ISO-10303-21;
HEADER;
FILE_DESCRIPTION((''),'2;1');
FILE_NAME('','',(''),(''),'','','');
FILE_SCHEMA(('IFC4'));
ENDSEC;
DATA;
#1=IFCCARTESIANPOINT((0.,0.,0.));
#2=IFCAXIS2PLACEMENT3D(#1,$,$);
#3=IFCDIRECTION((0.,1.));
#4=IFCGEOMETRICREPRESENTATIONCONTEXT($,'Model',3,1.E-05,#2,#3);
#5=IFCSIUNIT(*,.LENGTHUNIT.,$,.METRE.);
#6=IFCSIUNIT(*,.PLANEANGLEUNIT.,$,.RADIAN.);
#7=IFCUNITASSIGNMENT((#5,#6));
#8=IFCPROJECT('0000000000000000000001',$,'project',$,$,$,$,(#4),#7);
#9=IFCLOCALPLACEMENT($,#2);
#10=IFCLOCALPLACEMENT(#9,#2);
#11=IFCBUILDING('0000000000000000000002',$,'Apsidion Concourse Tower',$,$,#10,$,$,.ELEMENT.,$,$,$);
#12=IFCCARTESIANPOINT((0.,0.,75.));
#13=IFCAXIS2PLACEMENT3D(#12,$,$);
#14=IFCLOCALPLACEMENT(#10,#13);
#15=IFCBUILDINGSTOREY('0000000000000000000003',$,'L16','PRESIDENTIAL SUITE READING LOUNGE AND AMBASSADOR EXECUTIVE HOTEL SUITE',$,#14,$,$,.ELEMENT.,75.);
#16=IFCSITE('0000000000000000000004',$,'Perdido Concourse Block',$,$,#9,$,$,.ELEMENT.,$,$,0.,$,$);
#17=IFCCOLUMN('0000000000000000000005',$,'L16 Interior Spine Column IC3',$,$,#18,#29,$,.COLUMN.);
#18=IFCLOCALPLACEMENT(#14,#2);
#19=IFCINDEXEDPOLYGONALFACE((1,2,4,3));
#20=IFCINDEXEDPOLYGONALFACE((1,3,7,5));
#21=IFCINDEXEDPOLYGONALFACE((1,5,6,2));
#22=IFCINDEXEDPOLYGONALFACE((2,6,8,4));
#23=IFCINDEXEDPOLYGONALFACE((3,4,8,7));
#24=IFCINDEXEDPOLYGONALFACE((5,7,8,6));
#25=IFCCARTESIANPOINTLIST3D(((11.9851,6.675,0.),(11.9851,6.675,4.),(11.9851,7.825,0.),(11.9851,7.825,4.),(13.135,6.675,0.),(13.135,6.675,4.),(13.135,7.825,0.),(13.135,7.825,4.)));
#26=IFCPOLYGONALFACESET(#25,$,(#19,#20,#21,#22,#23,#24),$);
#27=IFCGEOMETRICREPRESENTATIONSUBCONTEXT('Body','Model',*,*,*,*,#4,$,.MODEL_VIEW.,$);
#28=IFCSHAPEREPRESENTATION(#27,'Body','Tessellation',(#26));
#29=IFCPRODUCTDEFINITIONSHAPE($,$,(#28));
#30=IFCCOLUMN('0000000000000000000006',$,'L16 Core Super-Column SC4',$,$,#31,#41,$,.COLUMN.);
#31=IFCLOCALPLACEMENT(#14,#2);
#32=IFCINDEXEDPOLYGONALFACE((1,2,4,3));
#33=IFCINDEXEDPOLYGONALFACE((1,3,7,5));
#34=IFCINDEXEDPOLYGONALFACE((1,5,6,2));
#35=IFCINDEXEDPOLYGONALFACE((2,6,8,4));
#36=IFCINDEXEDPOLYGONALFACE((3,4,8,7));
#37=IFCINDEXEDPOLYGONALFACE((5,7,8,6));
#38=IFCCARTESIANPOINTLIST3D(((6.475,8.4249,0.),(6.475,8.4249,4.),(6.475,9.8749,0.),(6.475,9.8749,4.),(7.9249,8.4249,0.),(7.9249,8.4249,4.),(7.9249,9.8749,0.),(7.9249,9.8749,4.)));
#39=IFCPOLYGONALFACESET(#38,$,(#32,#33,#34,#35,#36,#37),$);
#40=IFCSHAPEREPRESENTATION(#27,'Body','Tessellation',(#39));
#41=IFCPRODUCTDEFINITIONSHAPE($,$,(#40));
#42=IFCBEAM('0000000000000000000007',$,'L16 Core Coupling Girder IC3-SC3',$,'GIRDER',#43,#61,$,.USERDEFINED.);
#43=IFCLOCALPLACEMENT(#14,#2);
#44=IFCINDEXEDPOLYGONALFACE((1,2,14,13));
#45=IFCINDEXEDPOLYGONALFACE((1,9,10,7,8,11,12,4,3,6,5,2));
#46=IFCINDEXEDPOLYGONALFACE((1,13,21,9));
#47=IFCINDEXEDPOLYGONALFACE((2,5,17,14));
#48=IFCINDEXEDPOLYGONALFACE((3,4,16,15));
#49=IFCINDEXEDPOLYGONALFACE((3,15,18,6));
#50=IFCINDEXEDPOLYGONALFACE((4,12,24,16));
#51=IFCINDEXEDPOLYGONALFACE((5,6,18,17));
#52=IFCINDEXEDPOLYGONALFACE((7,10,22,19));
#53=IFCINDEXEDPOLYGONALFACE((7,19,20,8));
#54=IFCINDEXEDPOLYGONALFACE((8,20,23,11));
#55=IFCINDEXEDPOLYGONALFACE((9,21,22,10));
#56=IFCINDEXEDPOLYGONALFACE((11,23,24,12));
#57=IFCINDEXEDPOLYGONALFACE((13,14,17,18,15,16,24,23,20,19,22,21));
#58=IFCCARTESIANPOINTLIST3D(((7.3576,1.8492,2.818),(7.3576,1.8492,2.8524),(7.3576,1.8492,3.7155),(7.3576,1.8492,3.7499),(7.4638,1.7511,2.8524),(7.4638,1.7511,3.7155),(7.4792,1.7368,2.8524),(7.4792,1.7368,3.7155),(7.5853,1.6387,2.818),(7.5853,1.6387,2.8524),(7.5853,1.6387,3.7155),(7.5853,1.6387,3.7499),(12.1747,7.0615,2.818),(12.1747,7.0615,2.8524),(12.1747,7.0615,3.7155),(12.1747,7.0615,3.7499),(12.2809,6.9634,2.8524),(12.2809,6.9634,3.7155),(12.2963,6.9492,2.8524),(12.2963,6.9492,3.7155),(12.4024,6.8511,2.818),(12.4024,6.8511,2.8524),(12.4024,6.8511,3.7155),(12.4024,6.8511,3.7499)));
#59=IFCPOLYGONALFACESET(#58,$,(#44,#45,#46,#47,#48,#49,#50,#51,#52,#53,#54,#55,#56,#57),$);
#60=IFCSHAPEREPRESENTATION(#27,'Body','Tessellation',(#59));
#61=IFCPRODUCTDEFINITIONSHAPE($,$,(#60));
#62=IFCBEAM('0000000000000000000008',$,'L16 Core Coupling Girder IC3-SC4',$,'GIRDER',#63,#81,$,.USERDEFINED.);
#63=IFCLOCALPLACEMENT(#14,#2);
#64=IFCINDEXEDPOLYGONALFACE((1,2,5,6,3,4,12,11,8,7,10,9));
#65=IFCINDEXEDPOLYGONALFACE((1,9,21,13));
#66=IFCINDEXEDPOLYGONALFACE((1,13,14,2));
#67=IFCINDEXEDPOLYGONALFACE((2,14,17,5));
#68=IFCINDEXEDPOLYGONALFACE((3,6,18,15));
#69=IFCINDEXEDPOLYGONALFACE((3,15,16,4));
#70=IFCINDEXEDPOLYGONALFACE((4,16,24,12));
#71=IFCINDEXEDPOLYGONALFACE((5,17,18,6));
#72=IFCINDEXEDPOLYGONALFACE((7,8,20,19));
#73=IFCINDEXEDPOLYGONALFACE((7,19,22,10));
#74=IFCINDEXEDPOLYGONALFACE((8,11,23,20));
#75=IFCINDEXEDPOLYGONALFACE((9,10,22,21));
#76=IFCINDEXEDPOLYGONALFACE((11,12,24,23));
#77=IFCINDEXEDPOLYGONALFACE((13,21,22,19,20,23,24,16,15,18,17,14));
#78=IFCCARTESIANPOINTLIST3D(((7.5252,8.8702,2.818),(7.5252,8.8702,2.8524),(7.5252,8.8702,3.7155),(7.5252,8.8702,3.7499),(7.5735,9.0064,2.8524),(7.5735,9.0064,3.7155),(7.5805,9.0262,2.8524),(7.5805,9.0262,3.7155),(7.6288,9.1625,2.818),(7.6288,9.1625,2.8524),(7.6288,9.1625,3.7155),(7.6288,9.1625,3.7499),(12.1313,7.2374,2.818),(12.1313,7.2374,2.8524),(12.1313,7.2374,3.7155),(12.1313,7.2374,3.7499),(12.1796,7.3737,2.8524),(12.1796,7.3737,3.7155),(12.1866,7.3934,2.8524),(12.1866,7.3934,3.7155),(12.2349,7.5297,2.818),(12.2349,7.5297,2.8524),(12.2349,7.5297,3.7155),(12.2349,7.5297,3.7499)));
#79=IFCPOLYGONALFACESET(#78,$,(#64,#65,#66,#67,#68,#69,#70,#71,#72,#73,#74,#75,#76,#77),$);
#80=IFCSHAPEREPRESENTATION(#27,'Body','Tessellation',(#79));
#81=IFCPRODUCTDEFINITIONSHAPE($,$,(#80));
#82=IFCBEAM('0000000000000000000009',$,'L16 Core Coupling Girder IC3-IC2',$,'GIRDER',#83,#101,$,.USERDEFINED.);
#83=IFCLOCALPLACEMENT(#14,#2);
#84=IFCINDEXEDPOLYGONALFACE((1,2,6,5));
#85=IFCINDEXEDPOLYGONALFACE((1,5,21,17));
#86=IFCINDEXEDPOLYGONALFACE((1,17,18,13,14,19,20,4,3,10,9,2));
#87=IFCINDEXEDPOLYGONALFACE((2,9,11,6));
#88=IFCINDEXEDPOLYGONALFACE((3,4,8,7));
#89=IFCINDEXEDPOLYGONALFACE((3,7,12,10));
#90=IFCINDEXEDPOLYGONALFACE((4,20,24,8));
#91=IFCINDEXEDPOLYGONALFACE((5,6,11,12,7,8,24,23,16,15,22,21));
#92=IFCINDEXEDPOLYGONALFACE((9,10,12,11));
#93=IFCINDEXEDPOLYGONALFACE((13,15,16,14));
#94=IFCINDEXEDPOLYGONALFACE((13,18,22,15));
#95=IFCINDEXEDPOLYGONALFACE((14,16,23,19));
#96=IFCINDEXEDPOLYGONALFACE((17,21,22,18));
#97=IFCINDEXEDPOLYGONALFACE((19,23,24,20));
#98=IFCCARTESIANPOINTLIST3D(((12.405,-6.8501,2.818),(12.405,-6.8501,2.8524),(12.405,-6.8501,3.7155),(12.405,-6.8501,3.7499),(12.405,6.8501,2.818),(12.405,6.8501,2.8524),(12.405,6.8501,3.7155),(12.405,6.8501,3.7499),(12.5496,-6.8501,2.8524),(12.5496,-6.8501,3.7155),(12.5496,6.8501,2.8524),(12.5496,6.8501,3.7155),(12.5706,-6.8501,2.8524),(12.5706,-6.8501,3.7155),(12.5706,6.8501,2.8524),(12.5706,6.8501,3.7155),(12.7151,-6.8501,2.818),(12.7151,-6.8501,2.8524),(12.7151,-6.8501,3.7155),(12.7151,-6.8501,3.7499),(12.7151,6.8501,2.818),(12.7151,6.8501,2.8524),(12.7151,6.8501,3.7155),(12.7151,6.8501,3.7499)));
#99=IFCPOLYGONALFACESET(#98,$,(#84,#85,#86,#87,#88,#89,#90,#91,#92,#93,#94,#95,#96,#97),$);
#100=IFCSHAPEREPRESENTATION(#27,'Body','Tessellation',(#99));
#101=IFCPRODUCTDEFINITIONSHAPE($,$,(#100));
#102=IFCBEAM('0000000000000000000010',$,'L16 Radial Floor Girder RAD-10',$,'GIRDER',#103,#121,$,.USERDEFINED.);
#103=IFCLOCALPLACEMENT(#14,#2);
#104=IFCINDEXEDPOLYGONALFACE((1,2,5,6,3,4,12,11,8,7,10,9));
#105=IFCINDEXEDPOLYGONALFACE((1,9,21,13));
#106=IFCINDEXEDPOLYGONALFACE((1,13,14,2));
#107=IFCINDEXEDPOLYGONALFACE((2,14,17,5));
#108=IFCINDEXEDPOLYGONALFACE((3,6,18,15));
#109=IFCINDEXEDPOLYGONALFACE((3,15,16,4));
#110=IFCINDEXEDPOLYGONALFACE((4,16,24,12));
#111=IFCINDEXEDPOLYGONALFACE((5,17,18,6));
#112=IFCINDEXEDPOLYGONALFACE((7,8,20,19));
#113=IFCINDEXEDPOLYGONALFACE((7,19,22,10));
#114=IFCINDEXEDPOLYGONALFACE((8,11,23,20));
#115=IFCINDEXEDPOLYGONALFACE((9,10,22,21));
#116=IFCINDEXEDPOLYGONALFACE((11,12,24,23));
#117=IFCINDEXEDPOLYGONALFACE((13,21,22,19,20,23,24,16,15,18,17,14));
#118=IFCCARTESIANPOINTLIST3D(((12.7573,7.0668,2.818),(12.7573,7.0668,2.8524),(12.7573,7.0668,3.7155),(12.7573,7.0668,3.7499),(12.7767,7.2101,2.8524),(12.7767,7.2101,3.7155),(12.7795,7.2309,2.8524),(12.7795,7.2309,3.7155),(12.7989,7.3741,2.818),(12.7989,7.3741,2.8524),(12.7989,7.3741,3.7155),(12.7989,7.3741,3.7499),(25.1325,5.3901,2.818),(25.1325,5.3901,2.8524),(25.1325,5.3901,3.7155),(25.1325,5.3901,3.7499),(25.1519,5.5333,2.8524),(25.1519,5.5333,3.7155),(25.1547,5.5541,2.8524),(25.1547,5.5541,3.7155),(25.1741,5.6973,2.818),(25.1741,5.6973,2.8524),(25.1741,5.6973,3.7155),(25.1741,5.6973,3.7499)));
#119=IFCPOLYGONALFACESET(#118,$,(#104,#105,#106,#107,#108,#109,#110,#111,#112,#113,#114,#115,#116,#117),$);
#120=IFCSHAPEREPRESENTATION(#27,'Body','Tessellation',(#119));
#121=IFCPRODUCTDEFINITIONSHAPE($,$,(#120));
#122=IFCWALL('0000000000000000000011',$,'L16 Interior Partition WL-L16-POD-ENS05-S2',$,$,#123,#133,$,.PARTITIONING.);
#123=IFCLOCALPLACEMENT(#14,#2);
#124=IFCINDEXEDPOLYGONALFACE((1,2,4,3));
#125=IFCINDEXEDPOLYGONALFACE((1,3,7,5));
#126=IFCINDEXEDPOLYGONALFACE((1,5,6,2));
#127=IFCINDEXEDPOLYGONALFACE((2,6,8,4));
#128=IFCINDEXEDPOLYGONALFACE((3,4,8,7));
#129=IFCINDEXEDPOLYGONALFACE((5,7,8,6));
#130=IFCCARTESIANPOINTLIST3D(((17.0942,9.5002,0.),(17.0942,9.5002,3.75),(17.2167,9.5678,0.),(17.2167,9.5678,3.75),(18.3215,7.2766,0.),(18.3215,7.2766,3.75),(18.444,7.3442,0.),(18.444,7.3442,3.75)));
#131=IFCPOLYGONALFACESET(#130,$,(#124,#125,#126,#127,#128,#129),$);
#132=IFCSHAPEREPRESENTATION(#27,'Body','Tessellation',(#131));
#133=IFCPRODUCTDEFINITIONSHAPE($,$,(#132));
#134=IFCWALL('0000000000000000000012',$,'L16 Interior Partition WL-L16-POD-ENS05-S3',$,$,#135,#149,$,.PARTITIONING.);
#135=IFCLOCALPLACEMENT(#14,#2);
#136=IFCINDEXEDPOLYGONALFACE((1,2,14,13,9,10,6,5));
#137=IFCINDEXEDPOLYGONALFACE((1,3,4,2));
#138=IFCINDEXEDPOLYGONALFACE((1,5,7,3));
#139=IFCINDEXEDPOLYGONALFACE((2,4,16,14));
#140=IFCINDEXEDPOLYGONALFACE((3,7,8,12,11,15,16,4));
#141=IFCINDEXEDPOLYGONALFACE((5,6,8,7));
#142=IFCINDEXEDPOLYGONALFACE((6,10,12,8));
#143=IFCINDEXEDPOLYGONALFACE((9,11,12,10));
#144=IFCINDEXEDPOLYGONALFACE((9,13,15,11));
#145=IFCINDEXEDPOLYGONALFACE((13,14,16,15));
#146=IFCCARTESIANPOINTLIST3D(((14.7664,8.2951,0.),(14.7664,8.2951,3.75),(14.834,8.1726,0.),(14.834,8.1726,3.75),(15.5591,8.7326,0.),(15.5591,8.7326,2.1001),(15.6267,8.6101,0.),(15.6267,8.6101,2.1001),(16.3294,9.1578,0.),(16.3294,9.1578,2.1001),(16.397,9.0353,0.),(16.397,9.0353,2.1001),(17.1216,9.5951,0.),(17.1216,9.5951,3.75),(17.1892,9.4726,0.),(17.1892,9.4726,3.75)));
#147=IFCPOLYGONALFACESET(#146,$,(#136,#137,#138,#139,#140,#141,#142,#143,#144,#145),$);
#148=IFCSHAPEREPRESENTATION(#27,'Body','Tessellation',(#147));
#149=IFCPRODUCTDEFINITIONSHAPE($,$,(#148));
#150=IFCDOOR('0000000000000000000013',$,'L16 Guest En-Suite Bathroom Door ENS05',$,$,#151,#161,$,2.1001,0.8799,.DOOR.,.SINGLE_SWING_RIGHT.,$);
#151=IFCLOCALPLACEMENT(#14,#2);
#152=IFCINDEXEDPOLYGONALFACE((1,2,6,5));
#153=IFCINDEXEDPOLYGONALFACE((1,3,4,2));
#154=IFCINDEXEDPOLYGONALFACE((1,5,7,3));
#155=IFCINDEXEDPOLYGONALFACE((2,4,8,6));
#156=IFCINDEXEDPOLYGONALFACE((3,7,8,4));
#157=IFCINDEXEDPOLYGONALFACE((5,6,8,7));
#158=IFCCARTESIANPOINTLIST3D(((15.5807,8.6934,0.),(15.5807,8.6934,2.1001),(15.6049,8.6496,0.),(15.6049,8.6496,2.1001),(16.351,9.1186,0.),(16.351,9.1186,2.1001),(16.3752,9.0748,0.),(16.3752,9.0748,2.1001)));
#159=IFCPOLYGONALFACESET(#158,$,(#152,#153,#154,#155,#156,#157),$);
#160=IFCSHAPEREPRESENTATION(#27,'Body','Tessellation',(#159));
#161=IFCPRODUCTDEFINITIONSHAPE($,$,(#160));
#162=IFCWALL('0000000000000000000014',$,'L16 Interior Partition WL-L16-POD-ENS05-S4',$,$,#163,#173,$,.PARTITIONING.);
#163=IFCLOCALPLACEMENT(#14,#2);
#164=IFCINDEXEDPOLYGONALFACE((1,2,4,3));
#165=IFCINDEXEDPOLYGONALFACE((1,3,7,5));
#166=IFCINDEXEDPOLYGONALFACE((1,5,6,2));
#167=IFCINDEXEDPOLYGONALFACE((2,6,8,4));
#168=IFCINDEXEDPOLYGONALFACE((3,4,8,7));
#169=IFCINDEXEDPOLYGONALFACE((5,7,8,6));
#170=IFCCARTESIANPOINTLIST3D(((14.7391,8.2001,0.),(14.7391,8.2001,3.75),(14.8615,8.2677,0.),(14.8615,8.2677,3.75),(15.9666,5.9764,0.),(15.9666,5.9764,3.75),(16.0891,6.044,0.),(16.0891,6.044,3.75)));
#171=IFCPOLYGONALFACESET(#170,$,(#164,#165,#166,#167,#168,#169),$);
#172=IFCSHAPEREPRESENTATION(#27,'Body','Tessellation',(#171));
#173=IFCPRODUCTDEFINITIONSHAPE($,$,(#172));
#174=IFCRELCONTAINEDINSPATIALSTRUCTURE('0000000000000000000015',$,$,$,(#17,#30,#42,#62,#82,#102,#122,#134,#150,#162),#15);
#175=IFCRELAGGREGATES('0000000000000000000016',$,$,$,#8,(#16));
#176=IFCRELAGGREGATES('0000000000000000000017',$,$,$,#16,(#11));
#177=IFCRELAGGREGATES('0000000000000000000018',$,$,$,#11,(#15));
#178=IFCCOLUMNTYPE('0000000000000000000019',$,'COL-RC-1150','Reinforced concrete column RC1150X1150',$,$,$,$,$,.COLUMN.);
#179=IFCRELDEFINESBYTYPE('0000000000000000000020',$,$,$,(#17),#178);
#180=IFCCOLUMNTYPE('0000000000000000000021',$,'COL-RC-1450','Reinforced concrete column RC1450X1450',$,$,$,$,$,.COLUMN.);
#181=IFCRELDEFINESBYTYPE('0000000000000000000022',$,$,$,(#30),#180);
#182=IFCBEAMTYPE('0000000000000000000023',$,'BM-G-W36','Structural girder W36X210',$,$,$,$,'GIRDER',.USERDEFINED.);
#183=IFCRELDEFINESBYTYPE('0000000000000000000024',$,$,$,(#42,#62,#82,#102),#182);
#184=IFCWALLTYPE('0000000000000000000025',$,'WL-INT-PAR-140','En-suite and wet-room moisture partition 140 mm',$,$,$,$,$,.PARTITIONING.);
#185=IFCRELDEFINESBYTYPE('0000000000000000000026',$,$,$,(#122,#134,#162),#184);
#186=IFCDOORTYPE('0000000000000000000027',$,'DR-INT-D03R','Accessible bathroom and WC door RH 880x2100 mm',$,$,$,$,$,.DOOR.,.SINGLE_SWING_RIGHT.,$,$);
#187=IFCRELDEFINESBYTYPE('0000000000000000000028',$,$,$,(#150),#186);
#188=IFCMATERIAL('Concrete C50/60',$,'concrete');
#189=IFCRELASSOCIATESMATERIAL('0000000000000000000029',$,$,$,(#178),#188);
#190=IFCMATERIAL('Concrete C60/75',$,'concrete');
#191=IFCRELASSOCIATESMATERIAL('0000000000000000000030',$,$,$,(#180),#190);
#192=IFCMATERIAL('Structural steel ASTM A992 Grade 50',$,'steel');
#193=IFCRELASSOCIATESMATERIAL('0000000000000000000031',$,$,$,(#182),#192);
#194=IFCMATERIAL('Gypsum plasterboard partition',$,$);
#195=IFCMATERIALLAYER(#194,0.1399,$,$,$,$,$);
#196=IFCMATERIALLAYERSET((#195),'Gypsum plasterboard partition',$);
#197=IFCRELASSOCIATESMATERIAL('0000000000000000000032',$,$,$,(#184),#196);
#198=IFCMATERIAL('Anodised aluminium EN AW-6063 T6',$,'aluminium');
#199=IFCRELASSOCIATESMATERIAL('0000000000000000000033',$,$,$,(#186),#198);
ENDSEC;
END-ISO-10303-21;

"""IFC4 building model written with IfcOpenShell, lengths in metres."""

from ifc_helpers import new_model, si_unit, direction, frame, frame_2d, origin, origin_2d, place, context, subcontext, project, spatial, rectangle, i_section, extrude, material, layer, layer_set, material_profile, profile_set, type_object, element, fill, save


model = new_model("IFC4")

# Units and contexts
model_context = context("Model", 3, precision=1e-05, world=origin(), true_north=direction((0.0, 1.0)))
body_context = subcontext(model_context, "Body", "Model", "MODEL_VIEW")
ifc_project = project(units=[si_unit("LENGTHUNIT", "METRE"), si_unit("PLANEANGLEUNIT", "RADIAN")], contexts=[model_context])

# Site, building, storey
site_placement = place(None, origin())
site = spatial("IfcSite", under=ifc_project, at=site_placement, Name="Perdido Concourse Block", CompositionType="ELEMENT", RefElevation=0.0)
building_placement = place(site_placement, origin())
building = spatial("IfcBuilding", under=site, at=building_placement, Name="Apsidion Concourse Tower", CompositionType="ELEMENT")
storey_placement = place(building_placement, frame((0.0, 0.0, 75.0)))
storey = spatial("IfcBuildingStorey", under=building, at=storey_placement, Name="L16", Description="PRESIDENTIAL SUITE READING LOUNGE AND AMBASSADOR EXECUTIVE HOTEL SUITE", CompositionType="ELEMENT", Elevation=75.0)

# Columns
ifc_material_1 = material(Name="Concrete C50/60", Category="concrete")
ifc_material_profile_1 = material_profile(ifc_material_1, rectangle(XDim=1.1499, YDim=1.1499, at=origin_2d()), Name="RC 1150x1150")
ifc_profile_set_1 = profile_set([ifc_material_profile_1], Name="Concrete C50/60")
column_type_1 = type_object("IfcColumnType", Name="COL-RC-1150", Description="Reinforced concrete column RC1150X1150", PredefinedType="COLUMN", material=ifc_profile_set_1)
column_1_placement = place(storey_placement, frame((12.5601, 7.25, 0.0), z_axis=(0.0, 0.0, 1.0), x_axis=(1.0, 0.0, 0.0)))
element("IfcColumn", 1, at=column_1_placement, inside=storey, type_object=column_type_1, Name="L16 Interior Spine Column IC3", PredefinedType="COLUMN", context=body_context, shape_type="SweptSolid", body=[
    extrude(rectangle(XDim=1.1499, YDim=1.1499, at=origin_2d()), origin(), (0.0, 0.0, 1.0), 4.0),
])
ifc_material_2 = material(Name="Concrete C60/75", Category="concrete")
ifc_material_profile_2 = material_profile(ifc_material_2, rectangle(XDim=1.45, YDim=1.45, at=origin_2d()), Name="RC 1450x1450")
ifc_profile_set_2 = profile_set([ifc_material_profile_2], Name="Concrete C60/75")
column_type_2 = type_object("IfcColumnType", Name="COL-RC-1450", Description="Reinforced concrete column RC1450X1450", PredefinedType="COLUMN", material=ifc_profile_set_2)
column_2_placement = place(storey_placement, frame((7.2, 9.1499, 0.0), z_axis=(0.0, 0.0, 1.0), x_axis=(1.0, 0.0, 0.0)))
element("IfcColumn", 2, at=column_2_placement, inside=storey, type_object=column_type_2, Name="L16 Core Super-Column SC4", PredefinedType="COLUMN", context=body_context, shape_type="SweptSolid", body=[
    extrude(rectangle(XDim=1.45, YDim=1.45, at=origin_2d()), origin(), (0.0, 0.0, 1.0), 4.0),
])

# Beams
ifc_material_3 = material(Name="Structural steel ASTM A992 Grade 50", Category="steel")
ifc_material_profile_3 = material_profile(ifc_material_3, i_section(OverallWidth=0.3101, OverallDepth=0.9319, WebThickness=0.021, FlangeThickness=0.0344, at=origin_2d()), Name="W36X210")
ifc_profile_set_3 = profile_set([ifc_material_profile_3], Name="Structural steel ASTM A992 Grade 50")
beam_type = type_object("IfcBeamType", Name="BM-G-W36", Description="Structural girder W36X210", ElementType="GIRDER", PredefinedType="USERDEFINED", material=ifc_profile_set_3)
beam_1_placement = place(storey_placement, frame((12.2886, 6.9563, 3.2839), z_axis=(-0.678713, -0.734404, 0.0), x_axis=(0.734404, -0.678713, 0.0)))
element("IfcBeam", 3, at=beam_1_placement, inside=storey, type_object=beam_type, Name="L16 Core Coupling Girder IC3-SC3", ObjectType="GIRDER", PredefinedType="USERDEFINED", context=body_context, shape_type="SweptSolid", body=[
    extrude(i_section(OverallWidth=0.3101, OverallDepth=0.9319, WebThickness=0.021, FlangeThickness=0.0344, at=origin_2d()), origin(), (0.0, 0.0, 1.0), 7.0974),
])
beam_2_placement = place(storey_placement, frame((12.1831, 7.3835, 3.2839), z_axis=(-0.942534, 0.334111, 0.0), x_axis=(-0.334111, -0.942534, 0.0)))
element("IfcBeam", 4, at=beam_2_placement, inside=storey, type_object=beam_type, Name="L16 Core Coupling Girder IC3-SC4", ObjectType="GIRDER", PredefinedType="USERDEFINED", context=body_context, shape_type="SweptSolid", body=[
    extrude(i_section(OverallWidth=0.3101, OverallDepth=0.9319, WebThickness=0.021, FlangeThickness=0.0344, at=origin_2d()), origin(), (0.0, 0.0, 1.0), 4.887),
])
beam_3_placement = place(storey_placement, frame((12.5601, 6.8501, 3.2839), z_axis=(0.0, -1.0, 0.0), x_axis=(1.0, 0.0, 0.0)))
element("IfcBeam", 5, at=beam_3_placement, inside=storey, type_object=beam_type, Name="L16 Core Coupling Girder IC3-IC2", ObjectType="GIRDER", PredefinedType="USERDEFINED", context=body_context, shape_type="SweptSolid", body=[
    extrude(i_section(OverallWidth=0.3101, OverallDepth=0.9319, WebThickness=0.021, FlangeThickness=0.0344, at=origin_2d()), origin(), (0.0, 0.0, 1.0), 13.7002),
])
beam_4_placement = place(storey_placement, frame((12.7781, 7.2205, 3.2839), z_axis=(0.990945, -0.134266, 0.0), x_axis=(0.134266, 0.990945, 0.0)))
element("IfcBeam", 6, at=beam_4_placement, inside=storey, type_object=beam_type, Name="L16 Radial Floor Girder RAD-10", ObjectType="GIRDER", PredefinedType="USERDEFINED", context=body_context, shape_type="SweptSolid", body=[
    extrude(i_section(OverallWidth=0.3101, OverallDepth=0.9319, WebThickness=0.021, FlangeThickness=0.0344, at=origin_2d()), origin(), (0.0, 0.0, 1.0), 12.4883),
])

# Wall
ifc_material_4 = material(Name="Gypsum plasterboard partition")
ifc_layer_1 = layer(ifc_material_4, 0.1399)
ifc_layer_set_1 = layer_set([ifc_layer_1], Name="Gypsum plasterboard partition")
wall_type_1 = type_object("IfcWallType", Name="WL-INT-PAR-140", Description="En-suite and wet-room moisture partition 140 mm", PredefinedType="PARTITIONING", material=ifc_layer_set_1)
wall_1_placement = place(storey_placement, frame((18.3828, 7.3103, 0.0), z_axis=(0.0, 0.0, 1.0), x_axis=(-0.483217, 0.875501, 0.0)))
element("IfcWall", 7, at=wall_1_placement, inside=storey, type_object=wall_type_1, Name="L16 Interior Partition WL-L16-POD-ENS05-S2", PredefinedType="PARTITIONING", context=body_context, shape_type="SweptSolid", body=[
    extrude(rectangle(XDim=2.5398, YDim=0.1399, at=frame_2d((1.27, 0.0))), origin(), (0.0, 0.0, 1.0), 3.75),
])

# Wall, opening, door
wall_2_placement = place(storey_placement, frame((17.1555, 9.5339, 0.0), z_axis=(0.0, 0.0, 1.0), x_axis=(-0.875481, -0.483252, 0.0)))
wall_2 = element("IfcWall", 8, at=wall_2_placement, inside=storey, type_object=wall_type_1, Name="L16 Interior Partition WL-L16-POD-ENS05-S3", PredefinedType="PARTITIONING", context=body_context, shape_type="SweptSolid", body=[
    extrude(rectangle(XDim=2.6902, YDim=0.1399, at=frame_2d((1.3452, 0.0))), origin(), (0.0, 0.0, 1.0), 3.75),
])
opening_1_placement = place(wall_2_placement, frame((0.905, 0.0, 0.0)))
opening_1 = element("IfcOpeningElement", 9, at=opening_1_placement, cuts=wall_2, PredefinedType="OPENING", context=body_context, shape_type="SweptSolid", body=[
    extrude(rectangle(XDim=0.8799, YDim=2.1001, at=frame_2d((0.4399, 1.05))), frame((0.0, 0.0801, 0.0), z_axis=(0.0, -1.0, 0.0), x_axis=(1.0, 0.0, 0.0)), (0.0, 0.0, 1.0), 0.1599),
])
ifc_material_5 = material(Name="Anodised aluminium EN AW-6063 T6", Category="aluminium")
door_type_1 = type_object("IfcDoorType", Name="DR-INT-D03R", Description="Accessible bathroom and WC door RH 880x2100 mm", OperationType="SINGLE_SWING_RIGHT", PredefinedType="DOOR", material=ifc_material_5)
door_1_placement = place(opening_1_placement, origin())
door_1 = element("IfcDoor", 10, at=door_1_placement, inside=storey, type_object=door_type_1, Name="L16 Guest En-Suite Bathroom Door ENS05", OperationType="SINGLE_SWING_RIGHT", OverallHeight=2.1001, OverallWidth=0.8799, PredefinedType="DOOR", context=body_context, shape_type="SweptSolid", body=[
    extrude(rectangle(XDim=0.8799, YDim=2.1001, at=frame_2d((0.4399, 1.05))), frame((0.0, 0.0249, 0.0), z_axis=(0.0, -1.0, 0.0), x_axis=(1.0, 0.0, 0.0)), (0.0, 0.0, 1.0), 0.05),
])
fill(opening_1, door_1)

# Wall
wall_3_placement = place(storey_placement, frame((14.8003, 8.2339, 0.0), z_axis=(0.0, 0.0, 1.0), x_axis=(0.483291, -0.87546, 0.0)))
element("IfcWall", 11, at=wall_3_placement, inside=storey, type_object=wall_type_1, Name="L16 Interior Partition WL-L16-POD-ENS05-S4", PredefinedType="PARTITIONING", context=body_context, shape_type="SweptSolid", body=[
    extrude(rectangle(XDim=2.54, YDim=0.1399, at=frame_2d((1.27, 0.0))), origin(), (0.0, 0.0, 1.0), 3.75),
])

save(model, "model.ifc")
